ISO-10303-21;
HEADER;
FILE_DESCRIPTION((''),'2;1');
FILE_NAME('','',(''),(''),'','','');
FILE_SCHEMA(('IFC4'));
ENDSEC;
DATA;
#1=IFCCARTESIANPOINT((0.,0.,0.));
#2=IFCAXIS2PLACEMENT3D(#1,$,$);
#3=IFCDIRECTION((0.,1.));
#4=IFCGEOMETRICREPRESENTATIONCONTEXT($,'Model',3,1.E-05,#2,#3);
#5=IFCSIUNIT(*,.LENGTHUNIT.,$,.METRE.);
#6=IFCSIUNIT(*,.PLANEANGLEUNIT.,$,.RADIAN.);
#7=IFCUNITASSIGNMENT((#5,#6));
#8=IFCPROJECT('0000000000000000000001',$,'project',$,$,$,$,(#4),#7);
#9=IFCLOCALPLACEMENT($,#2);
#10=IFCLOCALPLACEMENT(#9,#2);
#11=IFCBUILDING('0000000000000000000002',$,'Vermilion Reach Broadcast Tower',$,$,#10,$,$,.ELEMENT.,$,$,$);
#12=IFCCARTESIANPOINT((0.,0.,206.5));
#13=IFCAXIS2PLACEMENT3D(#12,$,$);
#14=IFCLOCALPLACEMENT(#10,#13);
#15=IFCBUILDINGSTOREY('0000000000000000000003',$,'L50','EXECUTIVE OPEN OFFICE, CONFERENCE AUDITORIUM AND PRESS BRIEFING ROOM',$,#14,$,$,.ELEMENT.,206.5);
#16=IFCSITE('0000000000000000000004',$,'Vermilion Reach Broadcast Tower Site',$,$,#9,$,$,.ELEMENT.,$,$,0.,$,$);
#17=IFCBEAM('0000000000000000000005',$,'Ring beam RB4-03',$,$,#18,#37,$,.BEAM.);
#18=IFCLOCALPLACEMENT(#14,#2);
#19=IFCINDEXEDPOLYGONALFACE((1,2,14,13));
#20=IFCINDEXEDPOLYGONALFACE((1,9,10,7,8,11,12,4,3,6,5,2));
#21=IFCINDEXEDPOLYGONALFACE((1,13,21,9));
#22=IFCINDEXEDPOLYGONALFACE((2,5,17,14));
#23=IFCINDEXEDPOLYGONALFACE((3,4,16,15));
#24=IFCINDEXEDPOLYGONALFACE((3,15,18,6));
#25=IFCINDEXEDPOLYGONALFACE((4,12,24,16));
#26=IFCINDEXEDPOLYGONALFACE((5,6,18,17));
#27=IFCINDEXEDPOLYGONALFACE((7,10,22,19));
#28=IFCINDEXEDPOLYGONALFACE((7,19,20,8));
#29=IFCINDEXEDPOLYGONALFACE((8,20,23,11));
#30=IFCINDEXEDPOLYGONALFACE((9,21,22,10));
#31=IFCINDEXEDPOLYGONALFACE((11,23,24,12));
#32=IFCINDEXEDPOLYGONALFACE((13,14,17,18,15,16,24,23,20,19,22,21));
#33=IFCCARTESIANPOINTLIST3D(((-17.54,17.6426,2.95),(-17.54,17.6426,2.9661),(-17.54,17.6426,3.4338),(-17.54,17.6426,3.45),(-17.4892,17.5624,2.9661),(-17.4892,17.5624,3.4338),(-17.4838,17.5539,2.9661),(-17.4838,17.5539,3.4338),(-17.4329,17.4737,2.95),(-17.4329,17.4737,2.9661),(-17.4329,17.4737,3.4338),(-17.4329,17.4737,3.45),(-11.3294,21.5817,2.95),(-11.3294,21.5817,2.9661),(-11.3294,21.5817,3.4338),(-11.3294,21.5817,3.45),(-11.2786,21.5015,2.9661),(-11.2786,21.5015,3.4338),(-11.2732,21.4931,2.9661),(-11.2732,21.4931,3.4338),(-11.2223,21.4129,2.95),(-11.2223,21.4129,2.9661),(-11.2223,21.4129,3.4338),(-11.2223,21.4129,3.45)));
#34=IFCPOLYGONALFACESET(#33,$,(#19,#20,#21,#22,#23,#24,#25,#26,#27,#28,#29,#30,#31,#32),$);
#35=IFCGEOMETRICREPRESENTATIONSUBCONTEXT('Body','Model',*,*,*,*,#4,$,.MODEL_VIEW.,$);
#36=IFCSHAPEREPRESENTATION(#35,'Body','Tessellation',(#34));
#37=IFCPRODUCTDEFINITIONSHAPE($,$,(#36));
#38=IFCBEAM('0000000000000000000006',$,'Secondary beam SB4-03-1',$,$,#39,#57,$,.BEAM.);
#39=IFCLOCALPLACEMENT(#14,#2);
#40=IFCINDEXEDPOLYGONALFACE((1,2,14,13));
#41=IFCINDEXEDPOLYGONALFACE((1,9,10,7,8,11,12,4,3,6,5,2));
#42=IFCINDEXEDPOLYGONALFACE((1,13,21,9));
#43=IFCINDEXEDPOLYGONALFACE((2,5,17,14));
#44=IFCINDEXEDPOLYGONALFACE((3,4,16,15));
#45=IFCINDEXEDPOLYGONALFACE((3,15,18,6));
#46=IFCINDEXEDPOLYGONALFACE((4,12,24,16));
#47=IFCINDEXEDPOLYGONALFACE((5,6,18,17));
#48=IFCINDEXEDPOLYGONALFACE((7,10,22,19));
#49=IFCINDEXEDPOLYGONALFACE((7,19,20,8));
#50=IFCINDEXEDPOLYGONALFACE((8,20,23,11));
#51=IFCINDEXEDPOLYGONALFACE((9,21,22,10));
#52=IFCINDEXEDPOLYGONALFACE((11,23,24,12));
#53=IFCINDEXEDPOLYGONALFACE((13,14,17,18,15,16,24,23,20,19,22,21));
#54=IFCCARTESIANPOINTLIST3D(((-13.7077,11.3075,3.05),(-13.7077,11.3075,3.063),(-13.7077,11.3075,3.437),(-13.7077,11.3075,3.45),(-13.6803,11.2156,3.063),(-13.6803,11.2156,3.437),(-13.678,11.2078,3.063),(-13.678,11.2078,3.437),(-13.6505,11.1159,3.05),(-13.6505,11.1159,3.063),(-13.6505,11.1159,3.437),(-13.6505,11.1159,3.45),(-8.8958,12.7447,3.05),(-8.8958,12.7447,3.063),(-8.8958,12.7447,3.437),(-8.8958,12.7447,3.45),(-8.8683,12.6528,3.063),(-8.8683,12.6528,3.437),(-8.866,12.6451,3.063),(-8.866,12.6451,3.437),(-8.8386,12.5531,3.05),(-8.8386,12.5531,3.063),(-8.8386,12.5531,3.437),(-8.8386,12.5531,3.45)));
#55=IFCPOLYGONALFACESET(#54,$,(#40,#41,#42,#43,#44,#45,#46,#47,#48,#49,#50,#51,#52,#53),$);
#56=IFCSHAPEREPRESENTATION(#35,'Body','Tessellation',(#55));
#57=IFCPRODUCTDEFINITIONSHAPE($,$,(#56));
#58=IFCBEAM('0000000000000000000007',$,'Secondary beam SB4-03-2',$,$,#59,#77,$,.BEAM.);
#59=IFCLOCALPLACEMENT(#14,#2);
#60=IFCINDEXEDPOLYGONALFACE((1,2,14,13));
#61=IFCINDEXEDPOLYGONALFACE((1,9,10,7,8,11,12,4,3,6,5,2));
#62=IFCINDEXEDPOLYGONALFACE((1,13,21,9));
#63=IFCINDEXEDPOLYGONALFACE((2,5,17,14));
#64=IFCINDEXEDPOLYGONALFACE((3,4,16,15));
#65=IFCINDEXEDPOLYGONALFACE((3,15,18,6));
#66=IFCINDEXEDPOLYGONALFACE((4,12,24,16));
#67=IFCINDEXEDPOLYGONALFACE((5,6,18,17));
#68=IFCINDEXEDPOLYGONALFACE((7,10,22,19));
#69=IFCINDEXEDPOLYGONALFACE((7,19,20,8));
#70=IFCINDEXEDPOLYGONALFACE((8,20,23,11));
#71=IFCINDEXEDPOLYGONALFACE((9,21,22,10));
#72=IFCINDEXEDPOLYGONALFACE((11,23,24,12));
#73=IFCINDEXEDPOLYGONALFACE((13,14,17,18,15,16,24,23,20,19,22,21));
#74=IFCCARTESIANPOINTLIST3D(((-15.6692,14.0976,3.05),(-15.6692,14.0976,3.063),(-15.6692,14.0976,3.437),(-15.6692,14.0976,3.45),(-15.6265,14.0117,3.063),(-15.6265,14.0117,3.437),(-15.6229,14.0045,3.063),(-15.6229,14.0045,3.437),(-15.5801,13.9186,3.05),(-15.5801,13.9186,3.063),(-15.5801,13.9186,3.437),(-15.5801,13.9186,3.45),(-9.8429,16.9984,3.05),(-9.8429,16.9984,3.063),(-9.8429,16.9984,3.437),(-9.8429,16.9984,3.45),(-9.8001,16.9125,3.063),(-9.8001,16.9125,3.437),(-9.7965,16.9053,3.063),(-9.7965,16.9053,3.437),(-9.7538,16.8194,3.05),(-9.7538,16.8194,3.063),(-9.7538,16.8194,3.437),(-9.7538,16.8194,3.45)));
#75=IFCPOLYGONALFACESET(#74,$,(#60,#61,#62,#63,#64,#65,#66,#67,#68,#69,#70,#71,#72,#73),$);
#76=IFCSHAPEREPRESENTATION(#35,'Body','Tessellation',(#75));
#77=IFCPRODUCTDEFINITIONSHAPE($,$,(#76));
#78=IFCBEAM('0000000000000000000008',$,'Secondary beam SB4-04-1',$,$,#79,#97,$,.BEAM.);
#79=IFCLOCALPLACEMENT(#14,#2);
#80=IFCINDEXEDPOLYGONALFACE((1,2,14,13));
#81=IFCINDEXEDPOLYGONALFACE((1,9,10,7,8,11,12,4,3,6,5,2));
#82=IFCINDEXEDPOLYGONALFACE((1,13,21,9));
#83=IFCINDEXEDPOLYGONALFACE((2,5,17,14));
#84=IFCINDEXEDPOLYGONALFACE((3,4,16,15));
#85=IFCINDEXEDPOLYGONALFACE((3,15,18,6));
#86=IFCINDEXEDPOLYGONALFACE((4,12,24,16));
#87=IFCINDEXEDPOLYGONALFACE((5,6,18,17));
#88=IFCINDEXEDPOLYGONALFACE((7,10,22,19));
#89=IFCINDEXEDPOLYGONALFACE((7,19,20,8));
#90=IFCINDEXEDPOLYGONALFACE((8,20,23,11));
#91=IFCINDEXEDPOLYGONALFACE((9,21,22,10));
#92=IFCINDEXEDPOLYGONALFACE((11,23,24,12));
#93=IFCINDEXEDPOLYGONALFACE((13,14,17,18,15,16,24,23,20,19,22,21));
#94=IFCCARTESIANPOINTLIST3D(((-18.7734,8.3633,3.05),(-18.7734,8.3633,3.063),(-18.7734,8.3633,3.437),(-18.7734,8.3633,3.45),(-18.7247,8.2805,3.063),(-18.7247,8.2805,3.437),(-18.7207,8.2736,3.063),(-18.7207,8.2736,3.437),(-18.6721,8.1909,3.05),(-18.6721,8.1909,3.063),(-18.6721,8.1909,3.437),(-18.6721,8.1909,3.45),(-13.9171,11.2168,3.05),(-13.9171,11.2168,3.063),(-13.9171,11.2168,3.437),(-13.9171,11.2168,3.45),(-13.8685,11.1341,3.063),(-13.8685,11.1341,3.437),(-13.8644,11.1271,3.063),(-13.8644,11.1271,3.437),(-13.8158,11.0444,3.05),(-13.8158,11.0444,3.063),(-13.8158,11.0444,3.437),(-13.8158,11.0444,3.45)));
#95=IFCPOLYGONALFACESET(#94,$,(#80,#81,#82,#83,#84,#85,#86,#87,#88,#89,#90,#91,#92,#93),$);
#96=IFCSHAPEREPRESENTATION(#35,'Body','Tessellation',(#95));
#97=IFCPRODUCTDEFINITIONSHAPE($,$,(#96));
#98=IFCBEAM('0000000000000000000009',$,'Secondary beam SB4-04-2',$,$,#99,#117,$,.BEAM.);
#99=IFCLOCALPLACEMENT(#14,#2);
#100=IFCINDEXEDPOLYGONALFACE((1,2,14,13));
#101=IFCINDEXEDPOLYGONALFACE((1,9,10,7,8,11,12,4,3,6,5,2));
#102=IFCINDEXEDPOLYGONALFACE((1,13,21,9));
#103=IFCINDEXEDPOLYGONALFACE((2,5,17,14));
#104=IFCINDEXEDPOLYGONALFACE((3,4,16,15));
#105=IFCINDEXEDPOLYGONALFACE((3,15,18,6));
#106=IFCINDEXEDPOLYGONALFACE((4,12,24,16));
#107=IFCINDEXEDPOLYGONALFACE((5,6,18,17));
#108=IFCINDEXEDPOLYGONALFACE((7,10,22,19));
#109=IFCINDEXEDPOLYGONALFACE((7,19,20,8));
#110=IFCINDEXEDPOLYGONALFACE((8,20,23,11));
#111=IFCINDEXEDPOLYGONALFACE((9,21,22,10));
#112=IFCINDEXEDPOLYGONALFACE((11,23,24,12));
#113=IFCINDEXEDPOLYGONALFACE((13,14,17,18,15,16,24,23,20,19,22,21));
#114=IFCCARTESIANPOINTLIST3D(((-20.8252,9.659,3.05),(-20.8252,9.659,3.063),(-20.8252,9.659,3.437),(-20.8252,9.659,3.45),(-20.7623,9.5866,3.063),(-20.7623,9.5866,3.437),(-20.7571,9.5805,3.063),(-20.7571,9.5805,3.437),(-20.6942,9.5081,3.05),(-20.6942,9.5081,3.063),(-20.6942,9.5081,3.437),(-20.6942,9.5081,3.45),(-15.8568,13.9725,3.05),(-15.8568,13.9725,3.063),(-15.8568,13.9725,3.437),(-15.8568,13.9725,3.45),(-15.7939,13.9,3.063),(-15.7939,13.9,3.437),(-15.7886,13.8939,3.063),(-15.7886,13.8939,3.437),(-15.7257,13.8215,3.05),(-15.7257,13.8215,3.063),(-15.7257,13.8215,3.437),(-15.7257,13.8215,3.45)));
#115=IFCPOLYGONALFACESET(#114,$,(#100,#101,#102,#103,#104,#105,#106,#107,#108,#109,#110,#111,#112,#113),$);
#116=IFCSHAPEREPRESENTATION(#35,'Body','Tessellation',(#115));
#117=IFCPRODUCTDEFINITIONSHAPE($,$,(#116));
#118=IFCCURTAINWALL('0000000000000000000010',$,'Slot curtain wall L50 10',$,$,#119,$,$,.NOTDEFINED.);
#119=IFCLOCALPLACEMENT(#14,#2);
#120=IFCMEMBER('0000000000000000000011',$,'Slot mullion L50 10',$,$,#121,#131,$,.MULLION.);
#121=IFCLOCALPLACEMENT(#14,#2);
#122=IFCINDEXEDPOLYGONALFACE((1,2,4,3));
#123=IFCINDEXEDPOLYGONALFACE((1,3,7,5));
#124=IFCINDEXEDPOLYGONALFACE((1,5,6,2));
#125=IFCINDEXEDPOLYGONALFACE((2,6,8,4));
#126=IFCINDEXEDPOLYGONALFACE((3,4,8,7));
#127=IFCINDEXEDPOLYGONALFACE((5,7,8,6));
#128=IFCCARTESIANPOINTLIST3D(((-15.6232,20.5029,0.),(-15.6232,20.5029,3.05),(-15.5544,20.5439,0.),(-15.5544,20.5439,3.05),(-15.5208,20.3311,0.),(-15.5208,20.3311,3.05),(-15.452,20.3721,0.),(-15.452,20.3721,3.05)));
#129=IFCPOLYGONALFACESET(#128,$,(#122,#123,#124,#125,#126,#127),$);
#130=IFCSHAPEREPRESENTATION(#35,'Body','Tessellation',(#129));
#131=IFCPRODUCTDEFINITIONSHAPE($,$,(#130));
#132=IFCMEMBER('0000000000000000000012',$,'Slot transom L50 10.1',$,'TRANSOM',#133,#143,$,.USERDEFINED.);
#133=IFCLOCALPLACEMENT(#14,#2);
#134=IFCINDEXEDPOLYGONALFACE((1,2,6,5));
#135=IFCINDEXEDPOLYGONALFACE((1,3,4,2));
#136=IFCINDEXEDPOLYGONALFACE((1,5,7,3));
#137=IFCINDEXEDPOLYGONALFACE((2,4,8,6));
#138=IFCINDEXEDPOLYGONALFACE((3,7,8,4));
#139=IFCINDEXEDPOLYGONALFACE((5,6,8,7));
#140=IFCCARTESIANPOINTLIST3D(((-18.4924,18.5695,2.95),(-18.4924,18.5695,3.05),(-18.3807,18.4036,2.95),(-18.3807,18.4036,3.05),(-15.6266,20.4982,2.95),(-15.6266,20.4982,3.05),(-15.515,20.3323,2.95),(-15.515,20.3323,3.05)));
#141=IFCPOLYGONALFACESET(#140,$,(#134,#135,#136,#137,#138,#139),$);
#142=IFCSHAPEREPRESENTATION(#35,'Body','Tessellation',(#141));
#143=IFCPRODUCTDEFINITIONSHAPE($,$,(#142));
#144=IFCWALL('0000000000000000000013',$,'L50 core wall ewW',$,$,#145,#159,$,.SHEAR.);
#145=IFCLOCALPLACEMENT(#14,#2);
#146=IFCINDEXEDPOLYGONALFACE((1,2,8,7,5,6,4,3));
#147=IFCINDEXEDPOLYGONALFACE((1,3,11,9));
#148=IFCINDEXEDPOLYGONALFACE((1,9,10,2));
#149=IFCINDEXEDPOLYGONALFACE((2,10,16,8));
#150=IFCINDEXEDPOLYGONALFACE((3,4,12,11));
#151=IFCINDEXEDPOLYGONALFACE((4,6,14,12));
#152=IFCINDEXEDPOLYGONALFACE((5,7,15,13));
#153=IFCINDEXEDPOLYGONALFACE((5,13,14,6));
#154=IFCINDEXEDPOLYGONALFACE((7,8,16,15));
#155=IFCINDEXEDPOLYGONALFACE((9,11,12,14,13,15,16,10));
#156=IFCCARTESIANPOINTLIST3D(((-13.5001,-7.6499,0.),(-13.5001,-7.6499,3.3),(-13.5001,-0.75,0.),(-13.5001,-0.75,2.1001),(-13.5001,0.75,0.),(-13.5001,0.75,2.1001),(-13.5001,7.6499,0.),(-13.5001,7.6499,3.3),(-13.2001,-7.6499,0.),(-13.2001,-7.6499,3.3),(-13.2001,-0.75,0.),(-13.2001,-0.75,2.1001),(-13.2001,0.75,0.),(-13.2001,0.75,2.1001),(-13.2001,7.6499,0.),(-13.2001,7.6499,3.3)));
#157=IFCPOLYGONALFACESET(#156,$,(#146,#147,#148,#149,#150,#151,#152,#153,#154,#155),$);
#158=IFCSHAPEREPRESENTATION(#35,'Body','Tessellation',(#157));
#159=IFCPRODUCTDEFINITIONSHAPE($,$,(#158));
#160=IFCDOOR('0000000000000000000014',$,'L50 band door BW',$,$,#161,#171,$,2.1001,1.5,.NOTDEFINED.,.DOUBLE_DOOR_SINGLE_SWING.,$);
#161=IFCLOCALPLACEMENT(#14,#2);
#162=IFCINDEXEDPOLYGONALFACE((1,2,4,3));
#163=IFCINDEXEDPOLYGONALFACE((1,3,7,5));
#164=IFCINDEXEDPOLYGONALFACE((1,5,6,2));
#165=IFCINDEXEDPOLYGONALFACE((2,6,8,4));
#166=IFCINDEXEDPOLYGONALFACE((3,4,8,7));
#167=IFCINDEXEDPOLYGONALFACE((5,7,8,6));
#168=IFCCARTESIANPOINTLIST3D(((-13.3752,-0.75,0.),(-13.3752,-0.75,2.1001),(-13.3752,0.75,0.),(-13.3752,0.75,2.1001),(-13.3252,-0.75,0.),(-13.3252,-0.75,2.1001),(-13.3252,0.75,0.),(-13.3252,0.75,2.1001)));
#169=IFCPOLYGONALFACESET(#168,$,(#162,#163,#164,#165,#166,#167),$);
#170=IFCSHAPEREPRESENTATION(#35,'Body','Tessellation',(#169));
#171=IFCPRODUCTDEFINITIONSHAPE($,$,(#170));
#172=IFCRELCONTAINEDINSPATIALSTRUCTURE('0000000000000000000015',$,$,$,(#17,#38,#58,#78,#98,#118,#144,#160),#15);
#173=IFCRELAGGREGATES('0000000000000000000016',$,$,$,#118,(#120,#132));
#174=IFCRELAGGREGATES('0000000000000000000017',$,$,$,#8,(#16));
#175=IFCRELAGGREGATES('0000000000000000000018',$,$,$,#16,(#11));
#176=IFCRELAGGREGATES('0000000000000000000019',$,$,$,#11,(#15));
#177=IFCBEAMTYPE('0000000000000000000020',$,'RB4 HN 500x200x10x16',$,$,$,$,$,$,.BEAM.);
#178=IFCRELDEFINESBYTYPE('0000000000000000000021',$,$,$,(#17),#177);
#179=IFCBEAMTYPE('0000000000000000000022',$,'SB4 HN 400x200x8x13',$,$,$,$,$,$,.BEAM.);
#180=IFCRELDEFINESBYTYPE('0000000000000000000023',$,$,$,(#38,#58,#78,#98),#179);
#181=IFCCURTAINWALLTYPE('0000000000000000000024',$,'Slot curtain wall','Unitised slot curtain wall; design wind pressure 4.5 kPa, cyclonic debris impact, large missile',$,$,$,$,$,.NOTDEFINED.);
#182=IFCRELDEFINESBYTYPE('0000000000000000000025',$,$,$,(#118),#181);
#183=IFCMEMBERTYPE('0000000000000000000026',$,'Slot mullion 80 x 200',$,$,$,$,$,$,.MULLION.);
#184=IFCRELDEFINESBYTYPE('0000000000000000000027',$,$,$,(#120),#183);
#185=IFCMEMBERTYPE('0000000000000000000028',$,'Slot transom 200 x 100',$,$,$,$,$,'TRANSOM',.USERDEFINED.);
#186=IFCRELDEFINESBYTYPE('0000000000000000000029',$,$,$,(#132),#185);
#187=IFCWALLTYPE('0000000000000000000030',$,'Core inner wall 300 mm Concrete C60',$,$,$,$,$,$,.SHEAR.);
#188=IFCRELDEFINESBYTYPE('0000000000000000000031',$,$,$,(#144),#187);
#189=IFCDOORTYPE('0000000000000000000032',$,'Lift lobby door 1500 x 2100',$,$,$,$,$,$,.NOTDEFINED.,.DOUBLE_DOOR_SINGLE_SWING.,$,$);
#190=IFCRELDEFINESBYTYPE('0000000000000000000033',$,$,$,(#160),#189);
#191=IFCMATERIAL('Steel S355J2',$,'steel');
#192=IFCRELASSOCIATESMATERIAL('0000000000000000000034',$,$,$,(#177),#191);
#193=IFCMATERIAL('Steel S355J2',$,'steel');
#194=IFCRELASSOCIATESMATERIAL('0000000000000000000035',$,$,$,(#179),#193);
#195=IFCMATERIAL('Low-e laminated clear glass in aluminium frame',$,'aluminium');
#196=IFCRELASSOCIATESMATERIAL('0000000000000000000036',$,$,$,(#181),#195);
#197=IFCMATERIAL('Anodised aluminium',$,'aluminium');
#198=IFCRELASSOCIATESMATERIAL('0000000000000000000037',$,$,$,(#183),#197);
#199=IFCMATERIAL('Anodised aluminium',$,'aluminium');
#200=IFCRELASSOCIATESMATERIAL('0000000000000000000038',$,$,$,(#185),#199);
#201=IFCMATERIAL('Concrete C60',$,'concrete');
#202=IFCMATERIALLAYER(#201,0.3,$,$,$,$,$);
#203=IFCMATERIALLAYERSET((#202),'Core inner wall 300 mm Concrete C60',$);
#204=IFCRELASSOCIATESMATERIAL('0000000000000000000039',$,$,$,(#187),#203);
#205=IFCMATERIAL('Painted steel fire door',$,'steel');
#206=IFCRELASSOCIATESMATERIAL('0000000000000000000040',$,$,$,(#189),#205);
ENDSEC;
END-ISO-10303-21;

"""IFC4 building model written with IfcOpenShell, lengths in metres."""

from ifc_helpers import new_model, si_unit, direction, frame, frame_2d, origin, origin_2d, place, context, subcontext, project, spatial, rectangle, i_section, extrude, material, layer, layer_set, material_profile, profile_set, type_object, element, fill, aggregate, save


model = new_model("IFC4")

# Units and contexts
model_context = context("Model", 3, precision=1e-05, world=origin(), true_north=direction((0.0, 1.0)))
body_context = subcontext(model_context, "Body", "Model", "MODEL_VIEW")
ifc_project = project(units=[si_unit("LENGTHUNIT", "METRE"), si_unit("PLANEANGLEUNIT", "RADIAN")], contexts=[model_context])

# Site, building, storey
site_placement = place(None, origin())
site = spatial("IfcSite", under=ifc_project, at=site_placement, Name="Vermilion Reach Broadcast Tower Site", CompositionType="ELEMENT", RefElevation=0.0)
building_placement = place(site_placement, origin())
building = spatial("IfcBuilding", under=site, at=building_placement, Name="Vermilion Reach Broadcast Tower", CompositionType="ELEMENT")
storey_placement = place(building_placement, frame((0.0, 0.0, 206.5)))
storey = spatial("IfcBuildingStorey", under=building, at=storey_placement, Name="L50", Description="EXECUTIVE OPEN OFFICE, CONFERENCE AUDITORIUM AND PRESS BRIEFING ROOM", CompositionType="ELEMENT", Elevation=206.5)

# Beams
ifc_material_1 = material(Name="Steel S355J2", Category="steel")
ifc_material_profile_1 = material_profile(ifc_material_1, i_section(OverallWidth=0.2, OverallDepth=0.5, WebThickness=0.01, FlangeThickness=0.0161, at=origin_2d()), Name="S355J2 HN 500x200x10x16")
ifc_profile_set_1 = profile_set([ifc_material_profile_1], Name="Steel S355J2")
beam_type_1 = type_object("IfcBeamType", Name="RB4 HN 500x200x10x16", PredefinedType="BEAM", material=ifc_profile_set_1)
beam_1_placement = place(storey_placement, frame((-11.2759, 21.4973, 3.2), z_axis=(-0.844464, -0.535612, 0.0), x_axis=(0.535612, -0.844464, 0.0)))
element("IfcBeam", 1, at=beam_1_placement, inside=storey, type_object=beam_type_1, Name="Ring beam RB4-03", PredefinedType="BEAM", context=body_context, shape_type="SweptSolid", body=[
    extrude(i_section(OverallWidth=0.2, OverallDepth=0.5, WebThickness=0.01, FlangeThickness=0.0161, at=origin_2d()), origin(), (0.0, 0.0, 1.0), 7.3545),
])
ifc_material_2 = material(Name="Steel S355J2", Category="steel")
ifc_material_profile_2 = material_profile(ifc_material_2, i_section(OverallWidth=0.2, OverallDepth=0.3999, WebThickness=0.0081, FlangeThickness=0.0129, at=origin_2d()), Name="S355J2 HN 400x200x8x13")
ifc_profile_set_2 = profile_set([ifc_material_profile_2], Name="Steel S355J2")
beam_type_2 = type_object("IfcBeamType", Name="SB4 HN 400x200x8x13", PredefinedType="BEAM", material=ifc_profile_set_2)
beam_2_placement = place(storey_placement, frame((-8.8672, 12.6489, 3.25), z_axis=(-0.958173, -0.286188, 0.0), x_axis=(0.286188, -0.958173, 0.0)))
element("IfcBeam", 2, at=beam_2_placement, inside=storey, type_object=beam_type_2, Name="Secondary beam SB4-03-1", PredefinedType="BEAM", context=body_context, shape_type="SweptSolid", body=[
    extrude(i_section(OverallWidth=0.2, OverallDepth=0.3999, WebThickness=0.0081, FlangeThickness=0.0129, at=origin_2d()), origin(), (0.0, 0.0, 1.0), 5.022),
])
beam_3_placement = place(storey_placement, frame((-9.7983, 16.9089, 3.25), z_axis=(-0.895184, -0.445698, 0.0), x_axis=(0.445698, -0.895184, 0.0)))
element("IfcBeam", 3, at=beam_3_placement, inside=storey, type_object=beam_type_2, Name="Secondary beam SB4-03-2", PredefinedType="BEAM", context=body_context, shape_type="SweptSolid", body=[
    extrude(i_section(OverallWidth=0.2, OverallDepth=0.3999, WebThickness=0.0081, FlangeThickness=0.0129, at=origin_2d()), origin(), (0.0, 0.0, 1.0), 6.5085),
])
beam_4_placement = place(storey_placement, frame((-13.8665, 11.1306, 3.25), z_axis=(-0.862173, -0.506615, 0.0), x_axis=(0.506615, -0.862173, 0.0)))
element("IfcBeam", 4, at=beam_4_placement, inside=storey, type_object=beam_type_2, Name="Secondary beam SB4-04-1", PredefinedType="BEAM", context=body_context, shape_type="SweptSolid", body=[
    extrude(i_section(OverallWidth=0.2, OverallDepth=0.3999, WebThickness=0.0081, FlangeThickness=0.0129, at=origin_2d()), origin(), (0.0, 0.0, 1.0), 5.6326),
])
beam_5_placement = place(storey_placement, frame((-15.7913, 13.897, 3.25), z_axis=(-0.755129, -0.655576, 0.0), x_axis=(0.655576, -0.755129, 0.0)))
element("IfcBeam", 5, at=beam_5_placement, inside=storey, type_object=beam_type_2, Name="Secondary beam SB4-04-2", PredefinedType="BEAM", context=body_context, shape_type="SweptSolid", body=[
    extrude(i_section(OverallWidth=0.2, OverallDepth=0.3999, WebThickness=0.0081, FlangeThickness=0.0129, at=origin_2d()), origin(), (0.0, 0.0, 1.0), 6.5796),
])

# Curtain wall, members
ifc_material_3 = material(Name="Low-e laminated clear glass in aluminium frame", Category="aluminium")
curtain_wall_type = type_object("IfcCurtainWallType", Name="Slot curtain wall", Description="Unitised slot curtain wall; design wind pressure 4.5 kPa, cyclonic debris impact, large missile", PredefinedType="NOTDEFINED", material=ifc_material_3)
curtain_wall_placement = place(storey_placement, origin())
curtain_wall = element("IfcCurtainWall", 6, at=curtain_wall_placement, inside=storey, type_object=curtain_wall_type, Name="Slot curtain wall L50 10", PredefinedType="NOTDEFINED")
ifc_material_4 = material(Name="Anodised aluminium", Category="aluminium")
ifc_material_profile_3 = material_profile(ifc_material_4, rectangle(XDim=0.2, YDim=0.0801, at=origin_2d()), Name="Slot mullion 80 x 200")
ifc_profile_set_3 = profile_set([ifc_material_profile_3], Name="Anodised aluminium")
member_type_1 = type_object("IfcMemberType", Name="Slot mullion 80 x 200", PredefinedType="MULLION", material=ifc_profile_set_3)
member_1_placement = place(storey_placement, frame((-15.5376, 20.4375, 0.0), z_axis=(0.0, 0.0, 1.0), x_axis=(0.512028, -0.858969, 0.0)))
member_1 = element("IfcMember", 7, at=member_1_placement, type_object=member_type_1, Name="Slot mullion L50 10", PredefinedType="MULLION", context=body_context, shape_type="SweptSolid", body=[
    extrude(rectangle(XDim=0.2, YDim=0.0801, at=origin_2d()), origin(), (0.0, 0.0, 1.0), 3.05),
])
ifc_material_5 = material(Name="Anodised aluminium", Category="aluminium")
ifc_material_profile_4 = material_profile(ifc_material_5, rectangle(XDim=0.2, YDim=0.1001, at=origin_2d()), Name="Slot transom 200 x 100")
ifc_profile_set_4 = profile_set([ifc_material_profile_4], Name="Anodised aluminium")
member_type_2 = type_object("IfcMemberType", Name="Slot transom 200 x 100", ElementType="TRANSOM", PredefinedType="USERDEFINED", material=ifc_profile_set_4)
member_2_placement = place(storey_placement, frame((-15.5708, 20.4153, 3.0), z_axis=(-0.829607, -0.558348, 0.0), x_axis=(0.558348, -0.829607, 0.0)))
member_2 = element("IfcMember", 8, at=member_2_placement, type_object=member_type_2, Name="Slot transom L50 10.1", ObjectType="TRANSOM", PredefinedType="USERDEFINED", context=body_context, shape_type="SweptSolid", body=[
    extrude(rectangle(XDim=0.2, YDim=0.1001, at=origin_2d()), origin(), (0.0, 0.0, 1.0), 3.4543),
])
aggregate(curtain_wall, [member_1, member_2])

# Wall, opening, door
ifc_material_6 = material(Name="Concrete C60", Category="concrete")
ifc_layer_1 = layer(ifc_material_6, 0.3)
ifc_layer_set_1 = layer_set([ifc_layer_1], Name="Core inner wall 300 mm Concrete C60")
wall_type_1 = type_object("IfcWallType", Name="Core inner wall 300 mm Concrete C60", PredefinedType="SHEAR", material=ifc_layer_set_1)
wall_1_placement = place(storey_placement, frame((-13.3501, 7.6499, 0.0), z_axis=(0.0, 0.0, 1.0), x_axis=(0.0, -1.0, 0.0)))
wall_1 = element("IfcWall", 9, at=wall_1_placement, inside=storey, type_object=wall_type_1, Name="L50 core wall ewW", PredefinedType="SHEAR", context=body_context, shape_type="SweptSolid", body=[
    extrude(rectangle(XDim=15.2998, YDim=0.3, at=frame_2d((7.6499, 0.0))), origin(), (0.0, 0.0, 1.0), 3.3),
])
opening_1_placement = place(wall_1_placement, frame((6.8999, 0.0, 0.0)))
opening_1 = element("IfcOpeningElement", 10, at=opening_1_placement, cuts=wall_1, PredefinedType="OPENING", context=body_context, shape_type="SweptSolid", body=[
    extrude(rectangle(XDim=1.5, YDim=2.1001, at=frame_2d((0.75, 1.05))), frame((0.0, 0.1599, 0.0), z_axis=(0.0, -1.0, 0.0), x_axis=(1.0, 0.0, 0.0)), (0.0, 0.0, 1.0), 0.3201),
])
ifc_material_7 = material(Name="Painted steel fire door", Category="steel")
door_type_1 = type_object("IfcDoorType", Name="Lift lobby door 1500 x 2100", OperationType="DOUBLE_DOOR_SINGLE_SWING", PredefinedType="NOTDEFINED", material=ifc_material_7)
door_1_placement = place(opening_1_placement, origin())
door_1 = element("IfcDoor", 11, at=door_1_placement, inside=storey, type_object=door_type_1, Name="L50 band door BW", OperationType="DOUBLE_DOOR_SINGLE_SWING", OverallHeight=2.1001, OverallWidth=1.5, PredefinedType="NOTDEFINED", context=body_context, shape_type="SweptSolid", body=[
    extrude(rectangle(XDim=1.5, YDim=2.1001, at=frame_2d((0.75, 1.05))), frame((0.0, 0.0249, 0.0), z_axis=(0.0, -1.0, 0.0), x_axis=(1.0, 0.0, 0.0)), (0.0, 0.0, 1.0), 0.05),
])
fill(opening_1, door_1)

save(model, "model.ifc")
